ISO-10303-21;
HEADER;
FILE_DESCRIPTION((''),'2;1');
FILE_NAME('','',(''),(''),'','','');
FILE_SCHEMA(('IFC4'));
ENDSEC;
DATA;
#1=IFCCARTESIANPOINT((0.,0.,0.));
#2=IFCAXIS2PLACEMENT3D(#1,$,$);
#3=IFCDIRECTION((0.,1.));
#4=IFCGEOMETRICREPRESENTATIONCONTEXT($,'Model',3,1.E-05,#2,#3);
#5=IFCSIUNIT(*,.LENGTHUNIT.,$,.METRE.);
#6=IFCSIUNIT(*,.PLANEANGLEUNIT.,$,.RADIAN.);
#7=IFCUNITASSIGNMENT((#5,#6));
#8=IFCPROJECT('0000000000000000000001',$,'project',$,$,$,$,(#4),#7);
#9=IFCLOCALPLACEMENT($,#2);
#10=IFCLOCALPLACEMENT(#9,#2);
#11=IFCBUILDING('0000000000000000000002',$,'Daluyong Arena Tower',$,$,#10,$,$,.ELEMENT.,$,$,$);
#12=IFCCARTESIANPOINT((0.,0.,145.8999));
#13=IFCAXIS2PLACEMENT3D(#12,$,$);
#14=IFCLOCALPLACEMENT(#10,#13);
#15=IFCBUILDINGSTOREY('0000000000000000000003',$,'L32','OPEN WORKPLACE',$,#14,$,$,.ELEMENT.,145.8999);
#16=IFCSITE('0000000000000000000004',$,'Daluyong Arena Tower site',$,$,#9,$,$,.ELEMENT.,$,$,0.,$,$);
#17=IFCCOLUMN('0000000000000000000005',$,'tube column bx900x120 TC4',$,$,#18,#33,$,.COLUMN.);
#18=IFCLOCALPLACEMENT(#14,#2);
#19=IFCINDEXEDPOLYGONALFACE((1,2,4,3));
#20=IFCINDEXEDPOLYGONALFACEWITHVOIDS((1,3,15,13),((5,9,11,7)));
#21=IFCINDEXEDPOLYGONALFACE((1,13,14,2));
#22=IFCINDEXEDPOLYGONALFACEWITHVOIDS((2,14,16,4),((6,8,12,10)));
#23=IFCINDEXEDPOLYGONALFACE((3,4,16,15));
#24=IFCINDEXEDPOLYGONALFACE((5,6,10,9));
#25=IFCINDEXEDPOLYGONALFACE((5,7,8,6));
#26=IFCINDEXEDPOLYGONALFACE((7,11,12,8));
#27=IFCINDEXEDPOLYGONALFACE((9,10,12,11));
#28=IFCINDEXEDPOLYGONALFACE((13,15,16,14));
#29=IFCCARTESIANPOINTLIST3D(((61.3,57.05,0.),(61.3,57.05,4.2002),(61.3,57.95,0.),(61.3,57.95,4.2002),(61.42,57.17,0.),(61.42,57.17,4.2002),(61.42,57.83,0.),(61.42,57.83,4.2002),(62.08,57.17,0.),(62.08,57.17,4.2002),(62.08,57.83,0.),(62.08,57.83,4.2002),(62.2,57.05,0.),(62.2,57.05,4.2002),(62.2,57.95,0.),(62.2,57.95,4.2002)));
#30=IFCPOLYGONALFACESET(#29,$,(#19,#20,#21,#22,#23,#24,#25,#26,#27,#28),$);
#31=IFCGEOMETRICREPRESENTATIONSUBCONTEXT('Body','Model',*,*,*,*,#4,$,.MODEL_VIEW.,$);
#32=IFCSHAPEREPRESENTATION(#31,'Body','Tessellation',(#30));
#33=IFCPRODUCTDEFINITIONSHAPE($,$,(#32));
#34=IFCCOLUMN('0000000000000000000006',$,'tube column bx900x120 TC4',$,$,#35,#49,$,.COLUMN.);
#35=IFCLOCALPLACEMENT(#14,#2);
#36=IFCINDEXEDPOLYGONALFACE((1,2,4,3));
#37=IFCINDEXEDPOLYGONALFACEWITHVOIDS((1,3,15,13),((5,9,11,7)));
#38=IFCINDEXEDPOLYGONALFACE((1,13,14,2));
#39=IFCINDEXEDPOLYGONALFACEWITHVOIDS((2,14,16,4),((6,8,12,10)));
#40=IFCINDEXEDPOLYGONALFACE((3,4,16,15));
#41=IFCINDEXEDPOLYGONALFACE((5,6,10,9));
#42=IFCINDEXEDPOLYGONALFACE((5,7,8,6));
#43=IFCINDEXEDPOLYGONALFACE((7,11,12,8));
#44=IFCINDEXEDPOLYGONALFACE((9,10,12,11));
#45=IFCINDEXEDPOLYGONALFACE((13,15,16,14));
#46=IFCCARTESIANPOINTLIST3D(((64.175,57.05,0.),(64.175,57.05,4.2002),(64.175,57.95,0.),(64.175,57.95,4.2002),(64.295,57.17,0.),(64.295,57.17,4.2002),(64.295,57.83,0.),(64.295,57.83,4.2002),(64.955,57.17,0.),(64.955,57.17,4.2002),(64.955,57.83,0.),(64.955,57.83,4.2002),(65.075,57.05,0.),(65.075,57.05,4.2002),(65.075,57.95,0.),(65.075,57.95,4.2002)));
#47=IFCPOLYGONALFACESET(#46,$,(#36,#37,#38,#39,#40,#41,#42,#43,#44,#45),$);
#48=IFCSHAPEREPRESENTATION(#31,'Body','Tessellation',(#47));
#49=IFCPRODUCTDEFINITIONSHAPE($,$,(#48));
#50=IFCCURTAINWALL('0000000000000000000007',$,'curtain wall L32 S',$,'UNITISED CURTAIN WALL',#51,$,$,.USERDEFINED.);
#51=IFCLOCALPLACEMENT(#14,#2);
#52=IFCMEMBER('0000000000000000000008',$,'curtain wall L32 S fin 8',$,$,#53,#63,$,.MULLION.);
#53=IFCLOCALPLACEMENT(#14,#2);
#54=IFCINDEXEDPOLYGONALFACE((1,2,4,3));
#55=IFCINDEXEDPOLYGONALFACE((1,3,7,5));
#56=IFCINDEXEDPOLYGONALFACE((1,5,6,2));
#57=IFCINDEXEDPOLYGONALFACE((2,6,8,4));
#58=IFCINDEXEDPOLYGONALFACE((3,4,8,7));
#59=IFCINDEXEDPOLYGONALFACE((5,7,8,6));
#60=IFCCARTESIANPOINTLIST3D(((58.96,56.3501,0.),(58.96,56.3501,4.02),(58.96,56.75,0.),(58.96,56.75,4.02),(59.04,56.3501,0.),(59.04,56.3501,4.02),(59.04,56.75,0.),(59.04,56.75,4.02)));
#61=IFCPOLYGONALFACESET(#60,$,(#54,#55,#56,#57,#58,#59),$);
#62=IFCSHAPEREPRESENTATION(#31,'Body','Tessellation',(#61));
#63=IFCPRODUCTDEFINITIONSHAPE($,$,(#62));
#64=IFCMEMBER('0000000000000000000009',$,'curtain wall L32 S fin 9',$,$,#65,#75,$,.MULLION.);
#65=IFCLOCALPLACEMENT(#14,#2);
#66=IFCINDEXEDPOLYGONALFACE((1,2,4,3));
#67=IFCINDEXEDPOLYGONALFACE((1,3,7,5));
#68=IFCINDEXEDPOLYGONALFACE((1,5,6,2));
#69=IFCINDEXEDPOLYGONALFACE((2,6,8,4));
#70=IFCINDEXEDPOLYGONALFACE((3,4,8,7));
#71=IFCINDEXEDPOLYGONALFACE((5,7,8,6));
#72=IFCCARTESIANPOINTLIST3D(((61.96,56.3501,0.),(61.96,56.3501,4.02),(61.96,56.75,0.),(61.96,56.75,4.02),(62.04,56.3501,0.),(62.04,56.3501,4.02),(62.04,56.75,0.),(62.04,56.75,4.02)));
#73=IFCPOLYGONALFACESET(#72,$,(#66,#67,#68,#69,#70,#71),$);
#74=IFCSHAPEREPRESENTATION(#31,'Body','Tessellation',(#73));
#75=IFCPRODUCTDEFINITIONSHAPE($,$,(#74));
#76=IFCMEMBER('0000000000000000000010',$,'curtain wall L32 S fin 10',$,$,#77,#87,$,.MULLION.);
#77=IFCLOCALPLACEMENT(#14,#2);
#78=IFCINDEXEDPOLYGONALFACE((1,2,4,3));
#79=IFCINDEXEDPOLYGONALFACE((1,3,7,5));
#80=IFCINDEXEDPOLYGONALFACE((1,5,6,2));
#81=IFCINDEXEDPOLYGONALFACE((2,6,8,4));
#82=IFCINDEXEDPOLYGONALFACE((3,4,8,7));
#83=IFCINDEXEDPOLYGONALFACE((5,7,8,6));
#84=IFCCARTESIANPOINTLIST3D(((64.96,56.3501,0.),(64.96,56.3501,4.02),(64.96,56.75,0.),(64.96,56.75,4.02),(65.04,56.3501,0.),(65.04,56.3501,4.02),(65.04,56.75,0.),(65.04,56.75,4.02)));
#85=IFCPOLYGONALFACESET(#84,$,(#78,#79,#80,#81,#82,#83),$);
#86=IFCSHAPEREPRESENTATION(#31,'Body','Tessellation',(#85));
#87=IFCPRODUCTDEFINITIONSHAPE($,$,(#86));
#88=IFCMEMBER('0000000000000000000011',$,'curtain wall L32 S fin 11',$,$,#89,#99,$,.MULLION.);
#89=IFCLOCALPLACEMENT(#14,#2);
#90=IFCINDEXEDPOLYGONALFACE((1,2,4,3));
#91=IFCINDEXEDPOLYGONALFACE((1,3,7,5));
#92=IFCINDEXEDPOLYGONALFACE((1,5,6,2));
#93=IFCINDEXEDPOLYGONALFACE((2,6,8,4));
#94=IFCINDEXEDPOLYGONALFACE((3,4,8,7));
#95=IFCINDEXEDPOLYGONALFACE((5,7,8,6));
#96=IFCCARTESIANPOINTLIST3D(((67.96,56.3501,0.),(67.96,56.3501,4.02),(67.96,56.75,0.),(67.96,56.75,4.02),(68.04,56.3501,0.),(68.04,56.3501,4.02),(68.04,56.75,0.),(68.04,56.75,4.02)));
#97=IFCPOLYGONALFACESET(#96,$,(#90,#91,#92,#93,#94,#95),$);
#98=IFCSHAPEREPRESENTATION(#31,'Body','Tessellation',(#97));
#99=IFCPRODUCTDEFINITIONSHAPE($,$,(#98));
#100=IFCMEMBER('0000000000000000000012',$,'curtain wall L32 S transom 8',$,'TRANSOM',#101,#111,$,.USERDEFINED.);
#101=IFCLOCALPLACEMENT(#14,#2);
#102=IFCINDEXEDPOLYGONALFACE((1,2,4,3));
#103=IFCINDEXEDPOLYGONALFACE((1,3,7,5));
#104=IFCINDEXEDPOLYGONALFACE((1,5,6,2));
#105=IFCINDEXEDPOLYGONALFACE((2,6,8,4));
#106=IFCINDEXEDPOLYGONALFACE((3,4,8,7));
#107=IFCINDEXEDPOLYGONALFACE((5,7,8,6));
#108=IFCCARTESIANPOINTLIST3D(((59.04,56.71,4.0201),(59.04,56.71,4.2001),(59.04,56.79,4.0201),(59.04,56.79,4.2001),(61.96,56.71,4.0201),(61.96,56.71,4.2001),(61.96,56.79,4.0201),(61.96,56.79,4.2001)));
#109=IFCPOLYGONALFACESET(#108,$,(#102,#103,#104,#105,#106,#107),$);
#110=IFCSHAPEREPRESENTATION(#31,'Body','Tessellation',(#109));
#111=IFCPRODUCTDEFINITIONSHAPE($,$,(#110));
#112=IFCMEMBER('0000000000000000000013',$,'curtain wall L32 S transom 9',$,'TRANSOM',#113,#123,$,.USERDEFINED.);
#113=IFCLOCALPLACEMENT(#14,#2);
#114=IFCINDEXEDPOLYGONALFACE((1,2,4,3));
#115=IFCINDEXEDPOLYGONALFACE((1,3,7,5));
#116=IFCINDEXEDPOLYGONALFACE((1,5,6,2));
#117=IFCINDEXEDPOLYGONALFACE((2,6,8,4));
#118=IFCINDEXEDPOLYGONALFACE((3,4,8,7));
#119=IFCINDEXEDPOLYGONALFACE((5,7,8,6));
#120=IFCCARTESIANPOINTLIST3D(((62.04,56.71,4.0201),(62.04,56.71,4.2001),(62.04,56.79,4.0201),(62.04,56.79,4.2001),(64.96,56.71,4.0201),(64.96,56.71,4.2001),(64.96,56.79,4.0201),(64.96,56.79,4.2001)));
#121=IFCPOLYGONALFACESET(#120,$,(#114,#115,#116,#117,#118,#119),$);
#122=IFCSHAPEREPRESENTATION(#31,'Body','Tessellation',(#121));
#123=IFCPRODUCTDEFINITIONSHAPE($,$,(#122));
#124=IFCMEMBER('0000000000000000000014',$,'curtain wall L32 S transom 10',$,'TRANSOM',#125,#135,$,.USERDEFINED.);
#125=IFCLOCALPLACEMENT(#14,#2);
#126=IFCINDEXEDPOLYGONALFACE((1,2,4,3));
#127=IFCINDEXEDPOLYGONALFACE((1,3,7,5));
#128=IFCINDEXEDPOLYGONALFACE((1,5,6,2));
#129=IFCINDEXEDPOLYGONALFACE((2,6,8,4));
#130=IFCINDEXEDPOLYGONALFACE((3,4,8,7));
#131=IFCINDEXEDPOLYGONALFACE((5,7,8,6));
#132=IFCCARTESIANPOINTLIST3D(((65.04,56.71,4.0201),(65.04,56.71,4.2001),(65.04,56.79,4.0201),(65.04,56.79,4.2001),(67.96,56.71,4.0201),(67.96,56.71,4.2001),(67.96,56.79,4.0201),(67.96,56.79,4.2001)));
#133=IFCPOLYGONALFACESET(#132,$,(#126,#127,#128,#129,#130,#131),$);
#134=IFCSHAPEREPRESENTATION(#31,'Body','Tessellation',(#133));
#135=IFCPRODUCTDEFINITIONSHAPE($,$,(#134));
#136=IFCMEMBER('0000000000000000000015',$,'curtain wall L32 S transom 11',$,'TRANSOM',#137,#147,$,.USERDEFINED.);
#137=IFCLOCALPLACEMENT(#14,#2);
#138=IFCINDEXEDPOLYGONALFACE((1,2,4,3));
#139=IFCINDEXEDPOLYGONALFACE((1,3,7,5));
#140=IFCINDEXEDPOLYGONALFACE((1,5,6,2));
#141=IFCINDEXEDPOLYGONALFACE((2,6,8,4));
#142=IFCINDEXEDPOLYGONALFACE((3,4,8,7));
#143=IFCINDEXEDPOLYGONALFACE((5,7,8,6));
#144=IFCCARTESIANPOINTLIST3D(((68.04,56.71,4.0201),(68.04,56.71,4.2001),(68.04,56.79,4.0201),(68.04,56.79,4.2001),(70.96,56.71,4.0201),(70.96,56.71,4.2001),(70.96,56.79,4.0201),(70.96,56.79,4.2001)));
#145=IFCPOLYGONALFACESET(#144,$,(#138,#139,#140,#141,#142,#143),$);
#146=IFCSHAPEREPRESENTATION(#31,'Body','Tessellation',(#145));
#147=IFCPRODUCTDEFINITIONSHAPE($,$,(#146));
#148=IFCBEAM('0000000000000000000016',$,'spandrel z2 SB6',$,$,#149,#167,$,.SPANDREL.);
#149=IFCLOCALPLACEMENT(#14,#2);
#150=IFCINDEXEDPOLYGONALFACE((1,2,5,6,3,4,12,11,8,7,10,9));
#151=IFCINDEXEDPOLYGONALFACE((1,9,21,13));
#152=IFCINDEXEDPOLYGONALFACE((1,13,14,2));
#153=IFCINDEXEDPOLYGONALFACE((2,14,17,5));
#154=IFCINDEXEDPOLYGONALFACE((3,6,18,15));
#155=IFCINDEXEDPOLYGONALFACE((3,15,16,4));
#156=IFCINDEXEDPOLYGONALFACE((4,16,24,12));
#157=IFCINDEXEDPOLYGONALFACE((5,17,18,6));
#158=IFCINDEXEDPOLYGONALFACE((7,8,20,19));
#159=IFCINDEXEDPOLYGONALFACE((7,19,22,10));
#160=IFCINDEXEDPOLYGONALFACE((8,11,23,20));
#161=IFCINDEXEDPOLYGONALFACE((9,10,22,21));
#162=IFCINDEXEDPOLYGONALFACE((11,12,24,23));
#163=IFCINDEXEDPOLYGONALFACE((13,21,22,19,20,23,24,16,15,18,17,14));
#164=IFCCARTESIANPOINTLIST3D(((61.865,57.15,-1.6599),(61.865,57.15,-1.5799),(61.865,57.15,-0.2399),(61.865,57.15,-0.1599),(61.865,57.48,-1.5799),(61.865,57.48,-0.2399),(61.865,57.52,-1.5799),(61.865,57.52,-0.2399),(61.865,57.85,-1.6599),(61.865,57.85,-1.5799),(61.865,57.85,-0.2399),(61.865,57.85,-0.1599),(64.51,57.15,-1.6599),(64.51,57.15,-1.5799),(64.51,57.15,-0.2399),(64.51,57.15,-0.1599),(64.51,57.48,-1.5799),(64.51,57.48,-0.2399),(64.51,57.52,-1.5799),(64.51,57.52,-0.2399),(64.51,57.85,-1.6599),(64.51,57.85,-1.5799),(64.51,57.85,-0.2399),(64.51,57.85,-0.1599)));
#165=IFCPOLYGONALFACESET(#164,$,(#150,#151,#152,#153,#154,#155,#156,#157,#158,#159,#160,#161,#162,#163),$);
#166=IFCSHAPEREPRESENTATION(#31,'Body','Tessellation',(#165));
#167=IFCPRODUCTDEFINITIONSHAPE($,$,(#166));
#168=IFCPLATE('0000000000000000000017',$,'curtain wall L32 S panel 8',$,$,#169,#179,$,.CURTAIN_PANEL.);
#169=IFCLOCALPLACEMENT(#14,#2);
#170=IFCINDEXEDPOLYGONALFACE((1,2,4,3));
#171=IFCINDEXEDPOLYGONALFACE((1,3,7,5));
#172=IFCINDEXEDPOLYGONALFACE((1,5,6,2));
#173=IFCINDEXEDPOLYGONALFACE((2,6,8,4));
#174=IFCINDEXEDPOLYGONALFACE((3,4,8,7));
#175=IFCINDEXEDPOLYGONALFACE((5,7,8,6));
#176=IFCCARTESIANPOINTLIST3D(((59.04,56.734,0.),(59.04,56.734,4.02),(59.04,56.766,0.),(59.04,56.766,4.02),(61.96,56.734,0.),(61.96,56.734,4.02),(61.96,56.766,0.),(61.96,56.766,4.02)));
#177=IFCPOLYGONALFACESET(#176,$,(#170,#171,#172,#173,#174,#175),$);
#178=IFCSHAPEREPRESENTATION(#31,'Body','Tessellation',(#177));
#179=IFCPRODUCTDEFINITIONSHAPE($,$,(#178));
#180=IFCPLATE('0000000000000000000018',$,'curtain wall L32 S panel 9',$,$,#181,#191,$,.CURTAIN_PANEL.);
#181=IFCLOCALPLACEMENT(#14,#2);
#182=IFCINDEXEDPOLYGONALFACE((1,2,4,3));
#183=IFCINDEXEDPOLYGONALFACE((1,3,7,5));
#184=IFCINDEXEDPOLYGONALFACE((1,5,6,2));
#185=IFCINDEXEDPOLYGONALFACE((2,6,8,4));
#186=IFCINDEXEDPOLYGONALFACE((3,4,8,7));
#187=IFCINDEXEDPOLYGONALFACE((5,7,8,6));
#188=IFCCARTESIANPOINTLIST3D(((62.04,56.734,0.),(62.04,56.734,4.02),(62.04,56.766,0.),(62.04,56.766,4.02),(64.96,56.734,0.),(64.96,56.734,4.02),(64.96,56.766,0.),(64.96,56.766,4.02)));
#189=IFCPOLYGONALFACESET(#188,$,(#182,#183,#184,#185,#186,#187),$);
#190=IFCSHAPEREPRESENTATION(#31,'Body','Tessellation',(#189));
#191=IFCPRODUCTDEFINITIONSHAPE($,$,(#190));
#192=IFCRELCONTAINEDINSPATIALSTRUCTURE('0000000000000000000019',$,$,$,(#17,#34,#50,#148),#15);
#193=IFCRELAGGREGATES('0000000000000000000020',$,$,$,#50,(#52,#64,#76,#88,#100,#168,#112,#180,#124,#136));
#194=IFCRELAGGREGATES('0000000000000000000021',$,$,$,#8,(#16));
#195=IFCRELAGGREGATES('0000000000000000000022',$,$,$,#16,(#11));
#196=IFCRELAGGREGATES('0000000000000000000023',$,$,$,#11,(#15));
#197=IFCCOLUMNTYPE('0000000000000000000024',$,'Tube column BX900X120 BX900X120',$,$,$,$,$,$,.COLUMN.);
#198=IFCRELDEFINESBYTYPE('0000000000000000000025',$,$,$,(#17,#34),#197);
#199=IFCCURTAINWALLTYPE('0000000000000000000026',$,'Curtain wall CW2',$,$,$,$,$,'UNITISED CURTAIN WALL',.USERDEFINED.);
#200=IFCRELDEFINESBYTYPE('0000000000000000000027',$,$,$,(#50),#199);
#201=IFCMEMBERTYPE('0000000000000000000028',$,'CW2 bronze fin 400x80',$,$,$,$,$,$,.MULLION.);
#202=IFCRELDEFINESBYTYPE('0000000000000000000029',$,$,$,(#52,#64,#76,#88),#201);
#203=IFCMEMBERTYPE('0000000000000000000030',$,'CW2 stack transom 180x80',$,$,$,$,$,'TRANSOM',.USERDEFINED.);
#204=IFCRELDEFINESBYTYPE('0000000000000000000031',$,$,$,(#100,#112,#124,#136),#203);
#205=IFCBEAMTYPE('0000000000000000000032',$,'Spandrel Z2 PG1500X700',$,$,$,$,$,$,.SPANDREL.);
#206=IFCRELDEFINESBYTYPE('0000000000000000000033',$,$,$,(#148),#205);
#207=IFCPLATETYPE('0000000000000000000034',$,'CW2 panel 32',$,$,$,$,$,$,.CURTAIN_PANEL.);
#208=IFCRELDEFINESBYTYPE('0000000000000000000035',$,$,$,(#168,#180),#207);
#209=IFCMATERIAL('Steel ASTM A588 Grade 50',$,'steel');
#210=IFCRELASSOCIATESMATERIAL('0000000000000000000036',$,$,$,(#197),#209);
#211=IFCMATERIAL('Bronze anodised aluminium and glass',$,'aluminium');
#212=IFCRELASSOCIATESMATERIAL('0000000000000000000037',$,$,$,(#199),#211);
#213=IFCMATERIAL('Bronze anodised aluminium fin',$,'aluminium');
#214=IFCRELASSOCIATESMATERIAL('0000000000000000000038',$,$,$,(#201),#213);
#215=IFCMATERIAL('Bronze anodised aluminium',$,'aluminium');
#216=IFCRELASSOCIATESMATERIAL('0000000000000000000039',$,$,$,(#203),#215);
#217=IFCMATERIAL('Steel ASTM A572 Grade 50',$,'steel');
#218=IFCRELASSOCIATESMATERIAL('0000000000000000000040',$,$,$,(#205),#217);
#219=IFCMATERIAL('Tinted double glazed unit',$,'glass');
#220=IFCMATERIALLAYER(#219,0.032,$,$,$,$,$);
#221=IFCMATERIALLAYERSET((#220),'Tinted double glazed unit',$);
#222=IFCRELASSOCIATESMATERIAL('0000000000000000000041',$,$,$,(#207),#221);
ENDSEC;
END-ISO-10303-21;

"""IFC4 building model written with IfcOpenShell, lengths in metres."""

from ifc_helpers import new_model, si_unit, direction, frame, origin, origin_2d, place, context, subcontext, project, spatial, rectangle, hollow_rectangle, i_section, extrude, material, layer, layer_set, material_profile, profile_set, type_object, element, aggregate, save


model = new_model("IFC4")

# Units and contexts
model_context = context("Model", 3, precision=1e-05, world=origin(), true_north=direction((0.0, 1.0)))
body_context = subcontext(model_context, "Body", "Model", "MODEL_VIEW")
ifc_project = project(units=[si_unit("LENGTHUNIT", "METRE"), si_unit("PLANEANGLEUNIT", "RADIAN")], contexts=[model_context])

# Site, building, storey
site_placement = place(None, origin())
site = spatial("IfcSite", under=ifc_project, at=site_placement, Name="Daluyong Arena Tower site", CompositionType="ELEMENT", RefElevation=0.0)
building_placement = place(site_placement, origin())
building = spatial("IfcBuilding", under=site, at=building_placement, Name="Daluyong Arena Tower", CompositionType="ELEMENT")
storey_placement = place(building_placement, frame((0.0, 0.0, 145.8999)))
storey = spatial("IfcBuildingStorey", under=building, at=storey_placement, Name="L32", Description="OPEN WORKPLACE", CompositionType="ELEMENT", Elevation=145.8999)

# Columns
ifc_material_1 = material(Name="Steel ASTM A588 Grade 50", Category="steel")
ifc_material_profile_1 = material_profile(ifc_material_1, hollow_rectangle(XDim=0.8999, YDim=0.8999, WallThickness=0.12, at=origin_2d()))
ifc_profile_set_1 = profile_set([ifc_material_profile_1], Name="Steel ASTM A588 Grade 50")
column_type = type_object("IfcColumnType", Name="Tube column BX900X120 BX900X120", PredefinedType="COLUMN", material=ifc_profile_set_1)
for number, where, z_axis, x_axis, name in (
    (1, (61.75, 57.5, 0.0), (0.0, 0.0, 1.0), (1.0, 0.0, 0.0), "tube column bx900x120 TC4"),
    (2, (64.625, 57.5, 0.0), (0.0, 0.0, 1.0), (1.0, 0.0, 0.0), "tube column bx900x120 TC4"),
):
    element("IfcColumn", number, at=place(storey_placement, frame(where, z_axis=z_axis, x_axis=x_axis)), inside=storey, type_object=column_type, Name=name, PredefinedType="COLUMN", context=body_context, shape_type="SweptSolid", body=[
        extrude(hollow_rectangle(XDim=0.8999, YDim=0.8999, WallThickness=0.12, at=origin_2d()), origin(), (0.0, 0.0, 1.0), 4.2002),
    ])

# Curtain wall, members
ifc_material_2 = material(Name="Bronze anodised aluminium and glass", Category="aluminium")
curtain_wall_type = type_object("IfcCurtainWallType", Name="Curtain wall CW2", ElementType="UNITISED CURTAIN WALL", PredefinedType="USERDEFINED", material=ifc_material_2)
curtain_wall_placement = place(storey_placement, origin())
curtain_wall = element("IfcCurtainWall", 3, at=curtain_wall_placement, inside=storey, type_object=curtain_wall_type, Name="curtain wall L32 S", ObjectType="UNITISED CURTAIN WALL", PredefinedType="USERDEFINED")
ifc_material_3 = material(Name="Bronze anodised aluminium fin", Category="aluminium")
ifc_material_profile_2 = material_profile(ifc_material_3, rectangle(XDim=0.3999, YDim=0.0801, at=origin_2d()))
ifc_profile_set_2 = profile_set([ifc_material_profile_2], Name="Bronze anodised aluminium fin")
member_type_1 = type_object("IfcMemberType", Name="CW2 bronze fin 400x80", PredefinedType="MULLION", material=ifc_profile_set_2)
member_1_placement = place(storey_placement, frame((59.0, 56.55, 0.0), z_axis=(0.0, 0.0, 1.0), x_axis=(0.0, 1.0, 0.0)))
member_1 = element("IfcMember", 4, at=member_1_placement, type_object=member_type_1, Name="curtain wall L32 S fin 8", PredefinedType="MULLION", context=body_context, shape_type="SweptSolid", body=[
    extrude(rectangle(XDim=0.3999, YDim=0.0801, at=origin_2d()), origin(), (0.0, 0.0, 1.0), 4.02),
])
member_2_placement = place(storey_placement, frame((62.0, 56.55, 0.0), z_axis=(0.0, 0.0, 1.0), x_axis=(0.0, 1.0, 0.0)))
member_2 = element("IfcMember", 5, at=member_2_placement, type_object=member_type_1, Name="curtain wall L32 S fin 9", PredefinedType="MULLION", context=body_context, shape_type="SweptSolid", body=[
    extrude(rectangle(XDim=0.3999, YDim=0.0801, at=origin_2d()), origin(), (0.0, 0.0, 1.0), 4.02),
])
member_3_placement = place(storey_placement, frame((65.0, 56.55, 0.0), z_axis=(0.0, 0.0, 1.0), x_axis=(0.0, 1.0, 0.0)))
member_3 = element("IfcMember", 6, at=member_3_placement, type_object=member_type_1, Name="curtain wall L32 S fin 10", PredefinedType="MULLION", context=body_context, shape_type="SweptSolid", body=[
    extrude(rectangle(XDim=0.3999, YDim=0.0801, at=origin_2d()), origin(), (0.0, 0.0, 1.0), 4.02),
])
member_4_placement = place(storey_placement, frame((68.0, 56.55, 0.0), z_axis=(0.0, 0.0, 1.0), x_axis=(0.0, 1.0, 0.0)))
member_4 = element("IfcMember", 7, at=member_4_placement, type_object=member_type_1, Name="curtain wall L32 S fin 11", PredefinedType="MULLION", context=body_context, shape_type="SweptSolid", body=[
    extrude(rectangle(XDim=0.3999, YDim=0.0801, at=origin_2d()), origin(), (0.0, 0.0, 1.0), 4.02),
])
ifc_material_4 = material(Name="Bronze anodised aluminium", Category="aluminium")
ifc_material_profile_3 = material_profile(ifc_material_4, rectangle(XDim=0.0801, YDim=0.1799, at=origin_2d()))
ifc_profile_set_3 = profile_set([ifc_material_profile_3], Name="Bronze anodised aluminium")
member_type_2 = type_object("IfcMemberType", Name="CW2 stack transom 180x80", ElementType="TRANSOM", PredefinedType="USERDEFINED", material=ifc_profile_set_3)
member_5_placement = place(storey_placement, frame((59.04, 56.75, 4.1101), z_axis=(1.0, 0.0, 0.0), x_axis=(0.0, 1.0, 0.0)))
member_5 = element("IfcMember", 8, at=member_5_placement, type_object=member_type_2, Name="curtain wall L32 S transom 8", ObjectType="TRANSOM", PredefinedType="USERDEFINED", context=body_context, shape_type="SweptSolid", body=[
    extrude(rectangle(XDim=0.0801, YDim=0.1799, at=origin_2d()), origin(), (0.0, 0.0, 1.0), 2.9199),
])
member_6_placement = place(storey_placement, frame((62.04, 56.75, 4.1101), z_axis=(1.0, 0.0, 0.0), x_axis=(0.0, 1.0, 0.0)))
member_6 = element("IfcMember", 9, at=member_6_placement, type_object=member_type_2, Name="curtain wall L32 S transom 9", ObjectType="TRANSOM", PredefinedType="USERDEFINED", context=body_context, shape_type="SweptSolid", body=[
    extrude(rectangle(XDim=0.0801, YDim=0.1799, at=origin_2d()), origin(), (0.0, 0.0, 1.0), 2.9199),
])
member_7_placement = place(storey_placement, frame((65.04, 56.75, 4.1101), z_axis=(1.0, 0.0, 0.0), x_axis=(0.0, 1.0, 0.0)))
member_7 = element("IfcMember", 10, at=member_7_placement, type_object=member_type_2, Name="curtain wall L32 S transom 10", ObjectType="TRANSOM", PredefinedType="USERDEFINED", context=body_context, shape_type="SweptSolid", body=[
    extrude(rectangle(XDim=0.0801, YDim=0.1799, at=origin_2d()), origin(), (0.0, 0.0, 1.0), 2.9199),
])
member_8_placement = place(storey_placement, frame((68.04, 56.75, 4.1101), z_axis=(1.0, 0.0, 0.0), x_axis=(0.0, 1.0, 0.0)))
member_8 = element("IfcMember", 11, at=member_8_placement, type_object=member_type_2, Name="curtain wall L32 S transom 11", ObjectType="TRANSOM", PredefinedType="USERDEFINED", context=body_context, shape_type="SweptSolid", body=[
    extrude(rectangle(XDim=0.0801, YDim=0.1799, at=origin_2d()), origin(), (0.0, 0.0, 1.0), 2.9199),
])

# Beam
ifc_material_5 = material(Name="Steel ASTM A572 Grade 50", Category="steel")
ifc_material_profile_4 = material_profile(ifc_material_5, i_section(OverallWidth=0.7, OverallDepth=1.5, WebThickness=0.04, FlangeThickness=0.08, at=origin_2d()))
ifc_profile_set_4 = profile_set([ifc_material_profile_4], Name="Steel ASTM A572 Grade 50")
beam_type = type_object("IfcBeamType", Name="Spandrel Z2 PG1500X700", PredefinedType="SPANDREL", material=ifc_profile_set_4)
beam_placement = place(storey_placement, frame((61.865, 57.5, -0.9099), z_axis=(1.0, 0.0, 0.0), x_axis=(0.0, 1.0, 0.0)))
element("IfcBeam", 12, at=beam_placement, inside=storey, type_object=beam_type, Name="spandrel z2 SB6", PredefinedType="SPANDREL", context=body_context, shape_type="SweptSolid", body=[
    extrude(i_section(OverallWidth=0.7, OverallDepth=1.5, WebThickness=0.04, FlangeThickness=0.08, at=origin_2d()), origin(), (0.0, 0.0, 1.0), 2.645),
])

# Plates
ifc_material_6 = material(Name="Tinted double glazed unit", Category="glass")
ifc_layer = layer(ifc_material_6, 0.032)
ifc_layer_set = layer_set([ifc_layer], Name="Tinted double glazed unit")
plate_type = type_object("IfcPlateType", Name="CW2 panel 32", PredefinedType="CURTAIN_PANEL", material=ifc_layer_set)
plate_1_placement = place(storey_placement, frame((60.5, 56.75, 0.0), z_axis=(0.0, 0.0, 1.0), x_axis=(1.0, 0.0, 0.0)))
plate_1 = element("IfcPlate", 13, at=plate_1_placement, type_object=plate_type, Name="curtain wall L32 S panel 8", PredefinedType="CURTAIN_PANEL", context=body_context, shape_type="SweptSolid", body=[
    extrude(rectangle(XDim=2.9199, YDim=0.032, at=origin_2d()), origin(), (0.0, 0.0, 1.0), 4.02),
])
plate_2_placement = place(storey_placement, frame((63.5, 56.75, 0.0), z_axis=(0.0, 0.0, 1.0), x_axis=(1.0, 0.0, 0.0)))
plate_2 = element("IfcPlate", 14, at=plate_2_placement, type_object=plate_type, Name="curtain wall L32 S panel 9", PredefinedType="CURTAIN_PANEL", context=body_context, shape_type="SweptSolid", body=[
    extrude(rectangle(XDim=2.9199, YDim=0.032, at=origin_2d()), origin(), (0.0, 0.0, 1.0), 4.02),
])
aggregate(curtain_wall, [member_1, member_2, member_3, member_4, member_5, plate_1, member_6, plate_2, member_7, member_8])

save(model, "model.ifc")
